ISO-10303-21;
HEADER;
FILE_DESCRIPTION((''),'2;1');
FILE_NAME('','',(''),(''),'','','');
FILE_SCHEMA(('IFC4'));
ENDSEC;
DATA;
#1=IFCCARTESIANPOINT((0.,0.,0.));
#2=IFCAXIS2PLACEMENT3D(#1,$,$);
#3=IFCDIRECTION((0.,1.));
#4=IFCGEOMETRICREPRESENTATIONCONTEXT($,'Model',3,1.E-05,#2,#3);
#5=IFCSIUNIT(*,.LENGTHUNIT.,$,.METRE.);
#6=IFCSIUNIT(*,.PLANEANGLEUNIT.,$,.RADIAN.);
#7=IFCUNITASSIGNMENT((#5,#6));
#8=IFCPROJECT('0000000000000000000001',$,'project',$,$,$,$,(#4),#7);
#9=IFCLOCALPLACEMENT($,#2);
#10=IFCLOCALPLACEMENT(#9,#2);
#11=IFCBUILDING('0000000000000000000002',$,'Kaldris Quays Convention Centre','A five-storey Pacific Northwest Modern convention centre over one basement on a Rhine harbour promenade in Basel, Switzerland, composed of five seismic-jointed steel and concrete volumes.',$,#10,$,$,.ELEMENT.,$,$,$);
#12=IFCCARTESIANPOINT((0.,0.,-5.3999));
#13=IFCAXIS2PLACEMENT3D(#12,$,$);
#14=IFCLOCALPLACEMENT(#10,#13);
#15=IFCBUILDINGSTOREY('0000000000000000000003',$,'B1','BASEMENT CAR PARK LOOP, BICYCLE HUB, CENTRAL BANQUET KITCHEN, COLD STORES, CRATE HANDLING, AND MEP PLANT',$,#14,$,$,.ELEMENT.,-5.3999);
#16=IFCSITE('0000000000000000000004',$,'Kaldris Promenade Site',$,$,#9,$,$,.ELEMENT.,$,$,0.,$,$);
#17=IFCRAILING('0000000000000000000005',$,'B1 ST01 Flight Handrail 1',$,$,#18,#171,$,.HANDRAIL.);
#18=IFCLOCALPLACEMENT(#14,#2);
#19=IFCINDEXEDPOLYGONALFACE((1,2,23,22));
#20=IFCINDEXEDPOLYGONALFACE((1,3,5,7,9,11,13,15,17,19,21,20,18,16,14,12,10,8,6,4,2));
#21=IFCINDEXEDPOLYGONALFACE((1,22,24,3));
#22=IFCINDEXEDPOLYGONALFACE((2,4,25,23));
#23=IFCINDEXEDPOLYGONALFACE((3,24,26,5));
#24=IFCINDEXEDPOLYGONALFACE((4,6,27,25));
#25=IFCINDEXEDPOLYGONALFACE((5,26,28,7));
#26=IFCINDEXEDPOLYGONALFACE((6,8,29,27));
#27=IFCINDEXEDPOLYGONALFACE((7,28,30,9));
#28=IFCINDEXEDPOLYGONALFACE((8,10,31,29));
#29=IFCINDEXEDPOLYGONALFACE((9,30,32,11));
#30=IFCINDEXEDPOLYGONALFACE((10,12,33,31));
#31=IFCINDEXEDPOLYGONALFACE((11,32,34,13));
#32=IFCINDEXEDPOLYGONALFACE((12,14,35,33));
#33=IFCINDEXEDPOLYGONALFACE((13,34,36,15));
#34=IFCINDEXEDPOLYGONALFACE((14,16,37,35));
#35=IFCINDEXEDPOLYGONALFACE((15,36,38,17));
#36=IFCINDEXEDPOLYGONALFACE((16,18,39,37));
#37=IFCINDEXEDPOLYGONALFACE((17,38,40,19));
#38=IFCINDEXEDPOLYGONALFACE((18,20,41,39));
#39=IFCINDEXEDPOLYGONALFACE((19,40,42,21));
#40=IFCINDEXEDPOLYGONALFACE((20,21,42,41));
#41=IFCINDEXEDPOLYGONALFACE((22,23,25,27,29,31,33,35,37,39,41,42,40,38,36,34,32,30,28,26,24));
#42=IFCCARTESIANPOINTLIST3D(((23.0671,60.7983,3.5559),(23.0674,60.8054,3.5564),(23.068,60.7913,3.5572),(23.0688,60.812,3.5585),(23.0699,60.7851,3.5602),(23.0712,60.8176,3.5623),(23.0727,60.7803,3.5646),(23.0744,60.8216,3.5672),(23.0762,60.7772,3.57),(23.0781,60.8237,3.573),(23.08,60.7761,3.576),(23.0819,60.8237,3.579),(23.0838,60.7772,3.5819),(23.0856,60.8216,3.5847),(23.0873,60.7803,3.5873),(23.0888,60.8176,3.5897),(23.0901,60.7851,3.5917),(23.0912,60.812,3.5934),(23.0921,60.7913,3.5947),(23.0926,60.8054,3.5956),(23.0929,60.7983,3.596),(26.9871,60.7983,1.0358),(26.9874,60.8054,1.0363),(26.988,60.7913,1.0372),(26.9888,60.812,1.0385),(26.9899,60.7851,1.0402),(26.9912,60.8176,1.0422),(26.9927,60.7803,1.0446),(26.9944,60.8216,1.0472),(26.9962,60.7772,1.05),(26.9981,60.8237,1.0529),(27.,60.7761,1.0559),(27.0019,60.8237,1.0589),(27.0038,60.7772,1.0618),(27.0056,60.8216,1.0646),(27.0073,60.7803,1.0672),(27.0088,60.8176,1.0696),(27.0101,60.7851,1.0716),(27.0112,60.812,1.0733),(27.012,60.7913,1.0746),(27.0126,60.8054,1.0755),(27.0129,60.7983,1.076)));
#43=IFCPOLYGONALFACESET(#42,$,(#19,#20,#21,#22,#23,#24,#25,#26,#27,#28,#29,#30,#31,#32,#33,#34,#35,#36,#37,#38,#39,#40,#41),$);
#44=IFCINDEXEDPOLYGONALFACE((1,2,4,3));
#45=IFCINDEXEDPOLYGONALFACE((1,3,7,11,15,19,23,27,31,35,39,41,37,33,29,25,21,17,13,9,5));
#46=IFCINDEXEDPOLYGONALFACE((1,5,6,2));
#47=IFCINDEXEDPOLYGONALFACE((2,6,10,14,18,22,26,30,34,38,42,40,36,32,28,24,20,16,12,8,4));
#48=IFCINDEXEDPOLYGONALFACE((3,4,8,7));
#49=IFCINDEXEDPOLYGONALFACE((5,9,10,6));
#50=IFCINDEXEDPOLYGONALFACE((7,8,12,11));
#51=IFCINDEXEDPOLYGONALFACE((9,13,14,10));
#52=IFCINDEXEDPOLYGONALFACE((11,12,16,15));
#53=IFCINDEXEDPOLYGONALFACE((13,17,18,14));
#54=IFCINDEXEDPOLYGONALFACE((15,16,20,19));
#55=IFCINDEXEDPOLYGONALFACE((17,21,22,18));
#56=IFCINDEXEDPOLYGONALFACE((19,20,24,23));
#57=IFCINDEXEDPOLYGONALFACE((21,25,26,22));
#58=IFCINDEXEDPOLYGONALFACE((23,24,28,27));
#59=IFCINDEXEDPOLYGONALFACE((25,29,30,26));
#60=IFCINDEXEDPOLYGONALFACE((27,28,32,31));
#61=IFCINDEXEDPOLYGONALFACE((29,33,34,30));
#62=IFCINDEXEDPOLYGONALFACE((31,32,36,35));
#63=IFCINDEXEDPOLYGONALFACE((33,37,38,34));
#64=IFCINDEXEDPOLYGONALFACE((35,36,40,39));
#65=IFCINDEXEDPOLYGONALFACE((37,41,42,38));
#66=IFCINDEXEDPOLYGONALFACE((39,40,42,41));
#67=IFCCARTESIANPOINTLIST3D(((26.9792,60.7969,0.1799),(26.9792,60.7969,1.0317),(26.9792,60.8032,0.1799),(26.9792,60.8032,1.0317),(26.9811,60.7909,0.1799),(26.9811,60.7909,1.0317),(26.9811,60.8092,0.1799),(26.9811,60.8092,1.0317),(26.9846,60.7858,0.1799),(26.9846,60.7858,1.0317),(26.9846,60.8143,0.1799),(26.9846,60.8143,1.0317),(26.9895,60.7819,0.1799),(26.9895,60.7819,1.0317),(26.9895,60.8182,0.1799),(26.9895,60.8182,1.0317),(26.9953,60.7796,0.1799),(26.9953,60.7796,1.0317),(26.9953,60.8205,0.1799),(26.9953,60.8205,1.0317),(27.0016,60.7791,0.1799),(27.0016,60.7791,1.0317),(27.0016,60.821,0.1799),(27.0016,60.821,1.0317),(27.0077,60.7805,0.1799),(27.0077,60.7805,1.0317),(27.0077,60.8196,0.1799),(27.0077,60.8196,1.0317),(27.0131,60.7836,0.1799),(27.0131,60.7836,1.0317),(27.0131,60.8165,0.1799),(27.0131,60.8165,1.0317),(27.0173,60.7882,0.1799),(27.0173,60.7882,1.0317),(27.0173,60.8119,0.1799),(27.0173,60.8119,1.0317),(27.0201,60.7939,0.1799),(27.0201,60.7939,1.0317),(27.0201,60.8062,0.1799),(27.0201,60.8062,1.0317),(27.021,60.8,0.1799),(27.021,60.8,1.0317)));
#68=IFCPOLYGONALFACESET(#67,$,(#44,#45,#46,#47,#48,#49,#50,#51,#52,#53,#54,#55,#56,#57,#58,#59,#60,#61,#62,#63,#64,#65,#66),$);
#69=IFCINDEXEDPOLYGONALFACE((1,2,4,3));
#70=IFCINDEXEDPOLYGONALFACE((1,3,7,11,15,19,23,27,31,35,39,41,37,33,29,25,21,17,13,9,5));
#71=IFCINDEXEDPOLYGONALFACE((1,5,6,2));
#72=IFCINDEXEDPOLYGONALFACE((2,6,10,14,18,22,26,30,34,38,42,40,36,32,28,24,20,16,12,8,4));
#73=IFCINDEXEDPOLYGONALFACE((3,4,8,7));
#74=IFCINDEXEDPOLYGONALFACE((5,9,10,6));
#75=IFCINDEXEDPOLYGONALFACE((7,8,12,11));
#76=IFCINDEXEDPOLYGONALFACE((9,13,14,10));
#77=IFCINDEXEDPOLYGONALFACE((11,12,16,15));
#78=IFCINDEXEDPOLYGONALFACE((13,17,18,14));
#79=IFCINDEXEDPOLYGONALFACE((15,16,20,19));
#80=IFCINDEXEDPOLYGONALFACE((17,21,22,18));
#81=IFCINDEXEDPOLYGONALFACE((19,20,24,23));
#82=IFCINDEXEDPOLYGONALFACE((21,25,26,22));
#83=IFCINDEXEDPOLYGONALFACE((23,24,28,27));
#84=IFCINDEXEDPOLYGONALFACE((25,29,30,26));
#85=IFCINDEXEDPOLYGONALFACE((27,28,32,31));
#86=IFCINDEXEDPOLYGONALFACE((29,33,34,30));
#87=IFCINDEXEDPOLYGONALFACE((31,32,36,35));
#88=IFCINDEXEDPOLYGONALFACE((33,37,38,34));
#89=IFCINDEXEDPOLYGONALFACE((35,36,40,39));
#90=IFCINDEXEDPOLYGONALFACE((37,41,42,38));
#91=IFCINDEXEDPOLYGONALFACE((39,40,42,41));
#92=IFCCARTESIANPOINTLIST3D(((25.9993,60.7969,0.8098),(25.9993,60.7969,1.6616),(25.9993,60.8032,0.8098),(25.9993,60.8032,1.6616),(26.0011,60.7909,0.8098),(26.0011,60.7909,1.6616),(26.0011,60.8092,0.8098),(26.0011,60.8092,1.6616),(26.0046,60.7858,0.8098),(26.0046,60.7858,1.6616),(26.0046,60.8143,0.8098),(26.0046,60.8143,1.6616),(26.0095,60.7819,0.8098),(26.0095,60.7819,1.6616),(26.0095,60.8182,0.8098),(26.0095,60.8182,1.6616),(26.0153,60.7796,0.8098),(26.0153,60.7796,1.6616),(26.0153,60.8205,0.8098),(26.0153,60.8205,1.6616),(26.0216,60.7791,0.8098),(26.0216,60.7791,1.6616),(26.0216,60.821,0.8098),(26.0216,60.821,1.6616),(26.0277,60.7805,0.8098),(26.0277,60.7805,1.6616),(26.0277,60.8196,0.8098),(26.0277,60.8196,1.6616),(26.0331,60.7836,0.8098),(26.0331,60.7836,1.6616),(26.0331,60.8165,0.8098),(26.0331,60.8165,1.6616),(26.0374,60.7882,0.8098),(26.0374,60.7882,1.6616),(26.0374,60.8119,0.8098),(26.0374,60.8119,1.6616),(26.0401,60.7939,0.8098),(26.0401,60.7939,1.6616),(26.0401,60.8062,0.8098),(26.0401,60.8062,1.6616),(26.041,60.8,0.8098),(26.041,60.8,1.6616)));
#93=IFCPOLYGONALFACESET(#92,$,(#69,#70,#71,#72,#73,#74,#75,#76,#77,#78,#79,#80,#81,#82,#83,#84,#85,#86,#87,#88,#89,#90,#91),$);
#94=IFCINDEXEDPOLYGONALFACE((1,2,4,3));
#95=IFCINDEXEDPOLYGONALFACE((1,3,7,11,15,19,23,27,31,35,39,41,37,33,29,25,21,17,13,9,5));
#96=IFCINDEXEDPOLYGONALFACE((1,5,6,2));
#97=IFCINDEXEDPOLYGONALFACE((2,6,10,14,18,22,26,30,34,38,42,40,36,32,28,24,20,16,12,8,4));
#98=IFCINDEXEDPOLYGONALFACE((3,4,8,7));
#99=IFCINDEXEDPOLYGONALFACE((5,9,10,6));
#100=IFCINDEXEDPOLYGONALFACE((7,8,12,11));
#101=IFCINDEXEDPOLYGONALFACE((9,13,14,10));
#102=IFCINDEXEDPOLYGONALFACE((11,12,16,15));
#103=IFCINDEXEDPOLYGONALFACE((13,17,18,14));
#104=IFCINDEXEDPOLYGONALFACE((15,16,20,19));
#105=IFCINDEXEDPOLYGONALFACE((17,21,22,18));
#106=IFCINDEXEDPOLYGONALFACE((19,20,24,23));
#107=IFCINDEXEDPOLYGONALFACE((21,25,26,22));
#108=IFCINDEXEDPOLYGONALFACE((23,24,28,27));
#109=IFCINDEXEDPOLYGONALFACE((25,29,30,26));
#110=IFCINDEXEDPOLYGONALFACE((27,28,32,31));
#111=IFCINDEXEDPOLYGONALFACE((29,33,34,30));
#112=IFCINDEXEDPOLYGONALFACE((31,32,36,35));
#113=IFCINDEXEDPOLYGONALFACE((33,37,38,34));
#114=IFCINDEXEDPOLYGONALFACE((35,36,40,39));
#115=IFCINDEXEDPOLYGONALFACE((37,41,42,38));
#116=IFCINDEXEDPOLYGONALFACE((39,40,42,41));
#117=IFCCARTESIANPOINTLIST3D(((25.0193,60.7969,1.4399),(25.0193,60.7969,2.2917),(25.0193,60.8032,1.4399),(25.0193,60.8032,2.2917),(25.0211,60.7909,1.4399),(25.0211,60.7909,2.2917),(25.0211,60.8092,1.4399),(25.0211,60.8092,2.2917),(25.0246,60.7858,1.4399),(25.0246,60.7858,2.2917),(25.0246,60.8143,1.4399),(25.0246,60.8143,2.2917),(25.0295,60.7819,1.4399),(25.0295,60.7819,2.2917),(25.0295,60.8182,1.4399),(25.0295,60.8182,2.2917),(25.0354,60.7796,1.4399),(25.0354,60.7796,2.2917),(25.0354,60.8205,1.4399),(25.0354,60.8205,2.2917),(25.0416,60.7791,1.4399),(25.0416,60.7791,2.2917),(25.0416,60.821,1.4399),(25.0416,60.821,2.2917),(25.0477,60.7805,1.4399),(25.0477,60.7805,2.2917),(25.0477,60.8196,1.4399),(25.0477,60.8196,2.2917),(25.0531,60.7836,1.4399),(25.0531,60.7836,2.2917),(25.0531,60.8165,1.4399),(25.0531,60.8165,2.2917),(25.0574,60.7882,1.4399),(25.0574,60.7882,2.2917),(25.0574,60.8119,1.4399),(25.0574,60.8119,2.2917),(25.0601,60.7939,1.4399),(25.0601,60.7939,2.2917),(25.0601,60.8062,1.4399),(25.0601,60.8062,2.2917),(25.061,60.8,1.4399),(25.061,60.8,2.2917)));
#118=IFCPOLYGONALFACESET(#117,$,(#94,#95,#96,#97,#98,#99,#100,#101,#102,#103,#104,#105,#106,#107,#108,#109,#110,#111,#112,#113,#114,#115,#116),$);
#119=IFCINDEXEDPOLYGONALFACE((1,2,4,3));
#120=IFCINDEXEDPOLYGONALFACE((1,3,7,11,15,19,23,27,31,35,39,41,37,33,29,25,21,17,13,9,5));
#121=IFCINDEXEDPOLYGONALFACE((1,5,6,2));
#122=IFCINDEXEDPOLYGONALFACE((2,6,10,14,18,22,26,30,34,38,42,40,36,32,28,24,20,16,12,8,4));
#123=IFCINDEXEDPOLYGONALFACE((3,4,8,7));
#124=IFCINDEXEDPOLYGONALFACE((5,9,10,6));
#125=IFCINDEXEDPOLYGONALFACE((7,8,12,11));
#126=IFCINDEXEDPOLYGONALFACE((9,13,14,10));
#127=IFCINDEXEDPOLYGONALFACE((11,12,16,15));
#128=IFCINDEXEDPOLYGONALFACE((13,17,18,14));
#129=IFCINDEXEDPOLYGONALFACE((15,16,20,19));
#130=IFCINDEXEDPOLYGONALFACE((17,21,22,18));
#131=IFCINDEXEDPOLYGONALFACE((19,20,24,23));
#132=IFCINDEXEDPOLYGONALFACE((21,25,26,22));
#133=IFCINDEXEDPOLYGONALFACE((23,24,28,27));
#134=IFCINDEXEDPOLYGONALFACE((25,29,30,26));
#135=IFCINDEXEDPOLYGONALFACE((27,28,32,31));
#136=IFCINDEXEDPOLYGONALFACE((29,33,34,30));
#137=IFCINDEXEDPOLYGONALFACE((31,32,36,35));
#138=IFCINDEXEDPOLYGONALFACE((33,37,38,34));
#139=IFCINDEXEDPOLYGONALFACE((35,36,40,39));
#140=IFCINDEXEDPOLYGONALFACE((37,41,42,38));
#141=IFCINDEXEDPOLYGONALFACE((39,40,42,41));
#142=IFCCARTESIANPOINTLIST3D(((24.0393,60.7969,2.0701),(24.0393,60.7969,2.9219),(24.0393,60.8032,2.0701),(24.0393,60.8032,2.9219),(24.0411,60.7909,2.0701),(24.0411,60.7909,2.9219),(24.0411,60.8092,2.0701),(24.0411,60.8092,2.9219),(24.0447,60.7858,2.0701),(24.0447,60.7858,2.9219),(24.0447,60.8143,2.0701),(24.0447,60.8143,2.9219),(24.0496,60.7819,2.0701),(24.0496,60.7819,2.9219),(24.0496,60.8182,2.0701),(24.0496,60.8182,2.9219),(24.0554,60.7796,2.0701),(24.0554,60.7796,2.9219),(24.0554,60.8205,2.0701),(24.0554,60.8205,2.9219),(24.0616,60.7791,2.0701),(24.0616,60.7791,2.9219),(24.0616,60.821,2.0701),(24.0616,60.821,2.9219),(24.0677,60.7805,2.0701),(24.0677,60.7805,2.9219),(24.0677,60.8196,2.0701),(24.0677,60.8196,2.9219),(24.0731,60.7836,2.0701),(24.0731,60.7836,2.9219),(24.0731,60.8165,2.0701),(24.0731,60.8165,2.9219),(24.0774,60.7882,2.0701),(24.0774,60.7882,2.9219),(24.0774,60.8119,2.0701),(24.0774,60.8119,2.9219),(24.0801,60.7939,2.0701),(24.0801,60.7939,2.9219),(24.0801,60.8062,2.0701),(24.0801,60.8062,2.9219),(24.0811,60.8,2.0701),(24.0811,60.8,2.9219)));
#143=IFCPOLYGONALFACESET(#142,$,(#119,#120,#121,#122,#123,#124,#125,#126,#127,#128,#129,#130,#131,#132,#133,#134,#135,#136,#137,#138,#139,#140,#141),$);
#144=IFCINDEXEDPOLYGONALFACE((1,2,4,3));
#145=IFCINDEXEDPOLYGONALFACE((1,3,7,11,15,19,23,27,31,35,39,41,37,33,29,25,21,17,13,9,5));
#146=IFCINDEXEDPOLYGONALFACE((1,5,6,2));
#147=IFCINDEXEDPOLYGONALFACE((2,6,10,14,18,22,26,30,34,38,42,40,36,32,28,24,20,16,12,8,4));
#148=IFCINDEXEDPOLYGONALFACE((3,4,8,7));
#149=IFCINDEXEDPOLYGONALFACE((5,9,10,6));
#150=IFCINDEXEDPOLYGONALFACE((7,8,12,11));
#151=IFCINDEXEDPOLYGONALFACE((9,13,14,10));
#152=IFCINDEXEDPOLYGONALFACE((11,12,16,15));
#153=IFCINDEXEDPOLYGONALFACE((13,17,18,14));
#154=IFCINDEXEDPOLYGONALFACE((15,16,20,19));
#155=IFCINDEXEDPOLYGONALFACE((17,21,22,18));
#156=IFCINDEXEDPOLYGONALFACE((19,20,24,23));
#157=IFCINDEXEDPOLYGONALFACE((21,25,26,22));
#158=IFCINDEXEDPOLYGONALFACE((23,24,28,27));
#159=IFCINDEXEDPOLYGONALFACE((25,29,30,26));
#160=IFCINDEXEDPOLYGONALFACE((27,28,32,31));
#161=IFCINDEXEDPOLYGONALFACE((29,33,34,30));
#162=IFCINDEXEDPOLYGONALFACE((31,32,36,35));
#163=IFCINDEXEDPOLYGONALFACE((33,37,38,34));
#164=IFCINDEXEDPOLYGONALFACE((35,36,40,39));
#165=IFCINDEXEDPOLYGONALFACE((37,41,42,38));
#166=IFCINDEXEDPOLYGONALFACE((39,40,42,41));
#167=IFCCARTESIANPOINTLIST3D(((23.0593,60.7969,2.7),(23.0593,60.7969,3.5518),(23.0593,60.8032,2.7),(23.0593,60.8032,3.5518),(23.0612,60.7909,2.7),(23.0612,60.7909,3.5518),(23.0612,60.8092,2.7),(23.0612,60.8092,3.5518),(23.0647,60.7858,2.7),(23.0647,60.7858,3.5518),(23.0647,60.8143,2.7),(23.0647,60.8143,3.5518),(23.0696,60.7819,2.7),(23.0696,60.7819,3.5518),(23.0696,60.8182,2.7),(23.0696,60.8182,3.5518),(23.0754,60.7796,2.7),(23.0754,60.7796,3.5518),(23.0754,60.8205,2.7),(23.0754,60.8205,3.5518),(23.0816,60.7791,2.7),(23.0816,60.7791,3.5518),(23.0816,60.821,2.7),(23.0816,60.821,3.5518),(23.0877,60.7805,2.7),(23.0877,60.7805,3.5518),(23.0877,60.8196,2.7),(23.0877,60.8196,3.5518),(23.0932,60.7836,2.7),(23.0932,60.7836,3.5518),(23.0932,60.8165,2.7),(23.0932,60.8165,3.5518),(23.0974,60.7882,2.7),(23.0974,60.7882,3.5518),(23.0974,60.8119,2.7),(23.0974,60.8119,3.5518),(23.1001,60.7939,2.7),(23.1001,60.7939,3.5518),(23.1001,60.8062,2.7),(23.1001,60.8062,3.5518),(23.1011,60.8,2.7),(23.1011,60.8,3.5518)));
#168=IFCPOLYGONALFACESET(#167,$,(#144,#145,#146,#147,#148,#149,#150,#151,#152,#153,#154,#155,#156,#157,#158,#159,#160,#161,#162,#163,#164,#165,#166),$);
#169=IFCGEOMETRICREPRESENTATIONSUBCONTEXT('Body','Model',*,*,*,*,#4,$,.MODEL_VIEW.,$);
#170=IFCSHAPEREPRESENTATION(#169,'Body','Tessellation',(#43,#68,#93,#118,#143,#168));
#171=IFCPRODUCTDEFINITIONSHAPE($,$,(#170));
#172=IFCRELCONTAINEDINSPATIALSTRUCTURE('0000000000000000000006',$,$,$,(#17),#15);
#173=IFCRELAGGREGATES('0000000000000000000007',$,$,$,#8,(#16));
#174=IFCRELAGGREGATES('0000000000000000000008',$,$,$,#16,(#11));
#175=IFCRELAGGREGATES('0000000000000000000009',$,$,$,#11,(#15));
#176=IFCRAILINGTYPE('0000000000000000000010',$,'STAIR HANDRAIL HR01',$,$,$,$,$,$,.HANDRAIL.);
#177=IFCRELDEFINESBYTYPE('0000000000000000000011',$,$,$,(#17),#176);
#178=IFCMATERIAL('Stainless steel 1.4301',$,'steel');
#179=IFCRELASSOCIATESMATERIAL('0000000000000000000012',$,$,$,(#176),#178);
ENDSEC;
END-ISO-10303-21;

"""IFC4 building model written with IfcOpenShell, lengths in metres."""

from ifc_helpers import new_model, si_unit, direction, frame, origin, origin_2d, place, context, subcontext, project, spatial, circle, extrude, material, type_object, element, save


model = new_model("IFC4")

# Units and contexts
model_context = context("Model", 3, precision=1e-05, world=origin(), true_north=direction((0.0, 1.0)))
body_context = subcontext(model_context, "Body", "Model", "MODEL_VIEW")
ifc_project = project(units=[si_unit("LENGTHUNIT", "METRE"), si_unit("PLANEANGLEUNIT", "RADIAN")], contexts=[model_context])

# Site, building, storey
site_placement = place(None, origin())
site = spatial("IfcSite", under=ifc_project, at=site_placement, Name="Kaldris Promenade Site", CompositionType="ELEMENT", RefElevation=0.0)
building_placement = place(site_placement, origin())
building = spatial("IfcBuilding", under=site, at=building_placement, Name="Kaldris Quays Convention Centre", Description="A five-storey Pacific Northwest Modern convention centre over one basement on a Rhine harbour promenade in Basel, Switzerland, composed of five seismic-jointed steel and concrete volumes.", CompositionType="ELEMENT")
storey_placement = place(building_placement, frame((0.0, 0.0, -5.3999)))
storey = spatial("IfcBuildingStorey", under=building, at=storey_placement, Name="B1", Description="BASEMENT CAR PARK LOOP, BICYCLE HUB, CENTRAL BANQUET KITCHEN, COLD STORES, CRATE HANDLING, AND MEP PLANT", CompositionType="ELEMENT", Elevation=-5.3999)

# Railing
ifc_material_1 = material(Name="Stainless steel 1.4301", Category="steel")
railing_type_1 = type_object("IfcRailingType", Name="STAIR HANDRAIL HR01", PredefinedType="HANDRAIL", material=ifc_material_1)
railing_1_placement = place(storey_placement, frame((27.0, 60.8, 0.1799)))
element("IfcRailing", 1, at=railing_1_placement, inside=storey, type_object=railing_type_1, Name="B1 ST01 Flight Handrail 1", PredefinedType="HANDRAIL", context=body_context, shape_type="SweptSolid", body=[
    extrude(circle(Radius=0.0239, at=origin_2d()), frame((0.0, 0.0, 0.876), z_axis=(-0.841172, 0.0, 0.540768), x_axis=(0.0, -1.0, 0.0)), (0.0, 0.0, 1.0), 4.6602),
    extrude(circle(Radius=0.021, at=origin_2d()), origin(), (0.0, 0.0, 1.0), 0.8518),
    extrude(circle(Radius=0.021, at=origin_2d()), frame((-0.98, 0.0, 0.6299)), (0.0, 0.0, 1.0), 0.8518),
    extrude(circle(Radius=0.021, at=origin_2d()), frame((-1.96, 0.0, 1.26)), (0.0, 0.0, 1.0), 0.8518),
    extrude(circle(Radius=0.021, at=origin_2d()), frame((-2.9399, 0.0, 1.8901)), (0.0, 0.0, 1.0), 0.8518),
    extrude(circle(Radius=0.021, at=origin_2d()), frame((-3.9199, 0.0, 2.52)), (0.0, 0.0, 1.0), 0.8518),
])

save(model, "model.ifc")
